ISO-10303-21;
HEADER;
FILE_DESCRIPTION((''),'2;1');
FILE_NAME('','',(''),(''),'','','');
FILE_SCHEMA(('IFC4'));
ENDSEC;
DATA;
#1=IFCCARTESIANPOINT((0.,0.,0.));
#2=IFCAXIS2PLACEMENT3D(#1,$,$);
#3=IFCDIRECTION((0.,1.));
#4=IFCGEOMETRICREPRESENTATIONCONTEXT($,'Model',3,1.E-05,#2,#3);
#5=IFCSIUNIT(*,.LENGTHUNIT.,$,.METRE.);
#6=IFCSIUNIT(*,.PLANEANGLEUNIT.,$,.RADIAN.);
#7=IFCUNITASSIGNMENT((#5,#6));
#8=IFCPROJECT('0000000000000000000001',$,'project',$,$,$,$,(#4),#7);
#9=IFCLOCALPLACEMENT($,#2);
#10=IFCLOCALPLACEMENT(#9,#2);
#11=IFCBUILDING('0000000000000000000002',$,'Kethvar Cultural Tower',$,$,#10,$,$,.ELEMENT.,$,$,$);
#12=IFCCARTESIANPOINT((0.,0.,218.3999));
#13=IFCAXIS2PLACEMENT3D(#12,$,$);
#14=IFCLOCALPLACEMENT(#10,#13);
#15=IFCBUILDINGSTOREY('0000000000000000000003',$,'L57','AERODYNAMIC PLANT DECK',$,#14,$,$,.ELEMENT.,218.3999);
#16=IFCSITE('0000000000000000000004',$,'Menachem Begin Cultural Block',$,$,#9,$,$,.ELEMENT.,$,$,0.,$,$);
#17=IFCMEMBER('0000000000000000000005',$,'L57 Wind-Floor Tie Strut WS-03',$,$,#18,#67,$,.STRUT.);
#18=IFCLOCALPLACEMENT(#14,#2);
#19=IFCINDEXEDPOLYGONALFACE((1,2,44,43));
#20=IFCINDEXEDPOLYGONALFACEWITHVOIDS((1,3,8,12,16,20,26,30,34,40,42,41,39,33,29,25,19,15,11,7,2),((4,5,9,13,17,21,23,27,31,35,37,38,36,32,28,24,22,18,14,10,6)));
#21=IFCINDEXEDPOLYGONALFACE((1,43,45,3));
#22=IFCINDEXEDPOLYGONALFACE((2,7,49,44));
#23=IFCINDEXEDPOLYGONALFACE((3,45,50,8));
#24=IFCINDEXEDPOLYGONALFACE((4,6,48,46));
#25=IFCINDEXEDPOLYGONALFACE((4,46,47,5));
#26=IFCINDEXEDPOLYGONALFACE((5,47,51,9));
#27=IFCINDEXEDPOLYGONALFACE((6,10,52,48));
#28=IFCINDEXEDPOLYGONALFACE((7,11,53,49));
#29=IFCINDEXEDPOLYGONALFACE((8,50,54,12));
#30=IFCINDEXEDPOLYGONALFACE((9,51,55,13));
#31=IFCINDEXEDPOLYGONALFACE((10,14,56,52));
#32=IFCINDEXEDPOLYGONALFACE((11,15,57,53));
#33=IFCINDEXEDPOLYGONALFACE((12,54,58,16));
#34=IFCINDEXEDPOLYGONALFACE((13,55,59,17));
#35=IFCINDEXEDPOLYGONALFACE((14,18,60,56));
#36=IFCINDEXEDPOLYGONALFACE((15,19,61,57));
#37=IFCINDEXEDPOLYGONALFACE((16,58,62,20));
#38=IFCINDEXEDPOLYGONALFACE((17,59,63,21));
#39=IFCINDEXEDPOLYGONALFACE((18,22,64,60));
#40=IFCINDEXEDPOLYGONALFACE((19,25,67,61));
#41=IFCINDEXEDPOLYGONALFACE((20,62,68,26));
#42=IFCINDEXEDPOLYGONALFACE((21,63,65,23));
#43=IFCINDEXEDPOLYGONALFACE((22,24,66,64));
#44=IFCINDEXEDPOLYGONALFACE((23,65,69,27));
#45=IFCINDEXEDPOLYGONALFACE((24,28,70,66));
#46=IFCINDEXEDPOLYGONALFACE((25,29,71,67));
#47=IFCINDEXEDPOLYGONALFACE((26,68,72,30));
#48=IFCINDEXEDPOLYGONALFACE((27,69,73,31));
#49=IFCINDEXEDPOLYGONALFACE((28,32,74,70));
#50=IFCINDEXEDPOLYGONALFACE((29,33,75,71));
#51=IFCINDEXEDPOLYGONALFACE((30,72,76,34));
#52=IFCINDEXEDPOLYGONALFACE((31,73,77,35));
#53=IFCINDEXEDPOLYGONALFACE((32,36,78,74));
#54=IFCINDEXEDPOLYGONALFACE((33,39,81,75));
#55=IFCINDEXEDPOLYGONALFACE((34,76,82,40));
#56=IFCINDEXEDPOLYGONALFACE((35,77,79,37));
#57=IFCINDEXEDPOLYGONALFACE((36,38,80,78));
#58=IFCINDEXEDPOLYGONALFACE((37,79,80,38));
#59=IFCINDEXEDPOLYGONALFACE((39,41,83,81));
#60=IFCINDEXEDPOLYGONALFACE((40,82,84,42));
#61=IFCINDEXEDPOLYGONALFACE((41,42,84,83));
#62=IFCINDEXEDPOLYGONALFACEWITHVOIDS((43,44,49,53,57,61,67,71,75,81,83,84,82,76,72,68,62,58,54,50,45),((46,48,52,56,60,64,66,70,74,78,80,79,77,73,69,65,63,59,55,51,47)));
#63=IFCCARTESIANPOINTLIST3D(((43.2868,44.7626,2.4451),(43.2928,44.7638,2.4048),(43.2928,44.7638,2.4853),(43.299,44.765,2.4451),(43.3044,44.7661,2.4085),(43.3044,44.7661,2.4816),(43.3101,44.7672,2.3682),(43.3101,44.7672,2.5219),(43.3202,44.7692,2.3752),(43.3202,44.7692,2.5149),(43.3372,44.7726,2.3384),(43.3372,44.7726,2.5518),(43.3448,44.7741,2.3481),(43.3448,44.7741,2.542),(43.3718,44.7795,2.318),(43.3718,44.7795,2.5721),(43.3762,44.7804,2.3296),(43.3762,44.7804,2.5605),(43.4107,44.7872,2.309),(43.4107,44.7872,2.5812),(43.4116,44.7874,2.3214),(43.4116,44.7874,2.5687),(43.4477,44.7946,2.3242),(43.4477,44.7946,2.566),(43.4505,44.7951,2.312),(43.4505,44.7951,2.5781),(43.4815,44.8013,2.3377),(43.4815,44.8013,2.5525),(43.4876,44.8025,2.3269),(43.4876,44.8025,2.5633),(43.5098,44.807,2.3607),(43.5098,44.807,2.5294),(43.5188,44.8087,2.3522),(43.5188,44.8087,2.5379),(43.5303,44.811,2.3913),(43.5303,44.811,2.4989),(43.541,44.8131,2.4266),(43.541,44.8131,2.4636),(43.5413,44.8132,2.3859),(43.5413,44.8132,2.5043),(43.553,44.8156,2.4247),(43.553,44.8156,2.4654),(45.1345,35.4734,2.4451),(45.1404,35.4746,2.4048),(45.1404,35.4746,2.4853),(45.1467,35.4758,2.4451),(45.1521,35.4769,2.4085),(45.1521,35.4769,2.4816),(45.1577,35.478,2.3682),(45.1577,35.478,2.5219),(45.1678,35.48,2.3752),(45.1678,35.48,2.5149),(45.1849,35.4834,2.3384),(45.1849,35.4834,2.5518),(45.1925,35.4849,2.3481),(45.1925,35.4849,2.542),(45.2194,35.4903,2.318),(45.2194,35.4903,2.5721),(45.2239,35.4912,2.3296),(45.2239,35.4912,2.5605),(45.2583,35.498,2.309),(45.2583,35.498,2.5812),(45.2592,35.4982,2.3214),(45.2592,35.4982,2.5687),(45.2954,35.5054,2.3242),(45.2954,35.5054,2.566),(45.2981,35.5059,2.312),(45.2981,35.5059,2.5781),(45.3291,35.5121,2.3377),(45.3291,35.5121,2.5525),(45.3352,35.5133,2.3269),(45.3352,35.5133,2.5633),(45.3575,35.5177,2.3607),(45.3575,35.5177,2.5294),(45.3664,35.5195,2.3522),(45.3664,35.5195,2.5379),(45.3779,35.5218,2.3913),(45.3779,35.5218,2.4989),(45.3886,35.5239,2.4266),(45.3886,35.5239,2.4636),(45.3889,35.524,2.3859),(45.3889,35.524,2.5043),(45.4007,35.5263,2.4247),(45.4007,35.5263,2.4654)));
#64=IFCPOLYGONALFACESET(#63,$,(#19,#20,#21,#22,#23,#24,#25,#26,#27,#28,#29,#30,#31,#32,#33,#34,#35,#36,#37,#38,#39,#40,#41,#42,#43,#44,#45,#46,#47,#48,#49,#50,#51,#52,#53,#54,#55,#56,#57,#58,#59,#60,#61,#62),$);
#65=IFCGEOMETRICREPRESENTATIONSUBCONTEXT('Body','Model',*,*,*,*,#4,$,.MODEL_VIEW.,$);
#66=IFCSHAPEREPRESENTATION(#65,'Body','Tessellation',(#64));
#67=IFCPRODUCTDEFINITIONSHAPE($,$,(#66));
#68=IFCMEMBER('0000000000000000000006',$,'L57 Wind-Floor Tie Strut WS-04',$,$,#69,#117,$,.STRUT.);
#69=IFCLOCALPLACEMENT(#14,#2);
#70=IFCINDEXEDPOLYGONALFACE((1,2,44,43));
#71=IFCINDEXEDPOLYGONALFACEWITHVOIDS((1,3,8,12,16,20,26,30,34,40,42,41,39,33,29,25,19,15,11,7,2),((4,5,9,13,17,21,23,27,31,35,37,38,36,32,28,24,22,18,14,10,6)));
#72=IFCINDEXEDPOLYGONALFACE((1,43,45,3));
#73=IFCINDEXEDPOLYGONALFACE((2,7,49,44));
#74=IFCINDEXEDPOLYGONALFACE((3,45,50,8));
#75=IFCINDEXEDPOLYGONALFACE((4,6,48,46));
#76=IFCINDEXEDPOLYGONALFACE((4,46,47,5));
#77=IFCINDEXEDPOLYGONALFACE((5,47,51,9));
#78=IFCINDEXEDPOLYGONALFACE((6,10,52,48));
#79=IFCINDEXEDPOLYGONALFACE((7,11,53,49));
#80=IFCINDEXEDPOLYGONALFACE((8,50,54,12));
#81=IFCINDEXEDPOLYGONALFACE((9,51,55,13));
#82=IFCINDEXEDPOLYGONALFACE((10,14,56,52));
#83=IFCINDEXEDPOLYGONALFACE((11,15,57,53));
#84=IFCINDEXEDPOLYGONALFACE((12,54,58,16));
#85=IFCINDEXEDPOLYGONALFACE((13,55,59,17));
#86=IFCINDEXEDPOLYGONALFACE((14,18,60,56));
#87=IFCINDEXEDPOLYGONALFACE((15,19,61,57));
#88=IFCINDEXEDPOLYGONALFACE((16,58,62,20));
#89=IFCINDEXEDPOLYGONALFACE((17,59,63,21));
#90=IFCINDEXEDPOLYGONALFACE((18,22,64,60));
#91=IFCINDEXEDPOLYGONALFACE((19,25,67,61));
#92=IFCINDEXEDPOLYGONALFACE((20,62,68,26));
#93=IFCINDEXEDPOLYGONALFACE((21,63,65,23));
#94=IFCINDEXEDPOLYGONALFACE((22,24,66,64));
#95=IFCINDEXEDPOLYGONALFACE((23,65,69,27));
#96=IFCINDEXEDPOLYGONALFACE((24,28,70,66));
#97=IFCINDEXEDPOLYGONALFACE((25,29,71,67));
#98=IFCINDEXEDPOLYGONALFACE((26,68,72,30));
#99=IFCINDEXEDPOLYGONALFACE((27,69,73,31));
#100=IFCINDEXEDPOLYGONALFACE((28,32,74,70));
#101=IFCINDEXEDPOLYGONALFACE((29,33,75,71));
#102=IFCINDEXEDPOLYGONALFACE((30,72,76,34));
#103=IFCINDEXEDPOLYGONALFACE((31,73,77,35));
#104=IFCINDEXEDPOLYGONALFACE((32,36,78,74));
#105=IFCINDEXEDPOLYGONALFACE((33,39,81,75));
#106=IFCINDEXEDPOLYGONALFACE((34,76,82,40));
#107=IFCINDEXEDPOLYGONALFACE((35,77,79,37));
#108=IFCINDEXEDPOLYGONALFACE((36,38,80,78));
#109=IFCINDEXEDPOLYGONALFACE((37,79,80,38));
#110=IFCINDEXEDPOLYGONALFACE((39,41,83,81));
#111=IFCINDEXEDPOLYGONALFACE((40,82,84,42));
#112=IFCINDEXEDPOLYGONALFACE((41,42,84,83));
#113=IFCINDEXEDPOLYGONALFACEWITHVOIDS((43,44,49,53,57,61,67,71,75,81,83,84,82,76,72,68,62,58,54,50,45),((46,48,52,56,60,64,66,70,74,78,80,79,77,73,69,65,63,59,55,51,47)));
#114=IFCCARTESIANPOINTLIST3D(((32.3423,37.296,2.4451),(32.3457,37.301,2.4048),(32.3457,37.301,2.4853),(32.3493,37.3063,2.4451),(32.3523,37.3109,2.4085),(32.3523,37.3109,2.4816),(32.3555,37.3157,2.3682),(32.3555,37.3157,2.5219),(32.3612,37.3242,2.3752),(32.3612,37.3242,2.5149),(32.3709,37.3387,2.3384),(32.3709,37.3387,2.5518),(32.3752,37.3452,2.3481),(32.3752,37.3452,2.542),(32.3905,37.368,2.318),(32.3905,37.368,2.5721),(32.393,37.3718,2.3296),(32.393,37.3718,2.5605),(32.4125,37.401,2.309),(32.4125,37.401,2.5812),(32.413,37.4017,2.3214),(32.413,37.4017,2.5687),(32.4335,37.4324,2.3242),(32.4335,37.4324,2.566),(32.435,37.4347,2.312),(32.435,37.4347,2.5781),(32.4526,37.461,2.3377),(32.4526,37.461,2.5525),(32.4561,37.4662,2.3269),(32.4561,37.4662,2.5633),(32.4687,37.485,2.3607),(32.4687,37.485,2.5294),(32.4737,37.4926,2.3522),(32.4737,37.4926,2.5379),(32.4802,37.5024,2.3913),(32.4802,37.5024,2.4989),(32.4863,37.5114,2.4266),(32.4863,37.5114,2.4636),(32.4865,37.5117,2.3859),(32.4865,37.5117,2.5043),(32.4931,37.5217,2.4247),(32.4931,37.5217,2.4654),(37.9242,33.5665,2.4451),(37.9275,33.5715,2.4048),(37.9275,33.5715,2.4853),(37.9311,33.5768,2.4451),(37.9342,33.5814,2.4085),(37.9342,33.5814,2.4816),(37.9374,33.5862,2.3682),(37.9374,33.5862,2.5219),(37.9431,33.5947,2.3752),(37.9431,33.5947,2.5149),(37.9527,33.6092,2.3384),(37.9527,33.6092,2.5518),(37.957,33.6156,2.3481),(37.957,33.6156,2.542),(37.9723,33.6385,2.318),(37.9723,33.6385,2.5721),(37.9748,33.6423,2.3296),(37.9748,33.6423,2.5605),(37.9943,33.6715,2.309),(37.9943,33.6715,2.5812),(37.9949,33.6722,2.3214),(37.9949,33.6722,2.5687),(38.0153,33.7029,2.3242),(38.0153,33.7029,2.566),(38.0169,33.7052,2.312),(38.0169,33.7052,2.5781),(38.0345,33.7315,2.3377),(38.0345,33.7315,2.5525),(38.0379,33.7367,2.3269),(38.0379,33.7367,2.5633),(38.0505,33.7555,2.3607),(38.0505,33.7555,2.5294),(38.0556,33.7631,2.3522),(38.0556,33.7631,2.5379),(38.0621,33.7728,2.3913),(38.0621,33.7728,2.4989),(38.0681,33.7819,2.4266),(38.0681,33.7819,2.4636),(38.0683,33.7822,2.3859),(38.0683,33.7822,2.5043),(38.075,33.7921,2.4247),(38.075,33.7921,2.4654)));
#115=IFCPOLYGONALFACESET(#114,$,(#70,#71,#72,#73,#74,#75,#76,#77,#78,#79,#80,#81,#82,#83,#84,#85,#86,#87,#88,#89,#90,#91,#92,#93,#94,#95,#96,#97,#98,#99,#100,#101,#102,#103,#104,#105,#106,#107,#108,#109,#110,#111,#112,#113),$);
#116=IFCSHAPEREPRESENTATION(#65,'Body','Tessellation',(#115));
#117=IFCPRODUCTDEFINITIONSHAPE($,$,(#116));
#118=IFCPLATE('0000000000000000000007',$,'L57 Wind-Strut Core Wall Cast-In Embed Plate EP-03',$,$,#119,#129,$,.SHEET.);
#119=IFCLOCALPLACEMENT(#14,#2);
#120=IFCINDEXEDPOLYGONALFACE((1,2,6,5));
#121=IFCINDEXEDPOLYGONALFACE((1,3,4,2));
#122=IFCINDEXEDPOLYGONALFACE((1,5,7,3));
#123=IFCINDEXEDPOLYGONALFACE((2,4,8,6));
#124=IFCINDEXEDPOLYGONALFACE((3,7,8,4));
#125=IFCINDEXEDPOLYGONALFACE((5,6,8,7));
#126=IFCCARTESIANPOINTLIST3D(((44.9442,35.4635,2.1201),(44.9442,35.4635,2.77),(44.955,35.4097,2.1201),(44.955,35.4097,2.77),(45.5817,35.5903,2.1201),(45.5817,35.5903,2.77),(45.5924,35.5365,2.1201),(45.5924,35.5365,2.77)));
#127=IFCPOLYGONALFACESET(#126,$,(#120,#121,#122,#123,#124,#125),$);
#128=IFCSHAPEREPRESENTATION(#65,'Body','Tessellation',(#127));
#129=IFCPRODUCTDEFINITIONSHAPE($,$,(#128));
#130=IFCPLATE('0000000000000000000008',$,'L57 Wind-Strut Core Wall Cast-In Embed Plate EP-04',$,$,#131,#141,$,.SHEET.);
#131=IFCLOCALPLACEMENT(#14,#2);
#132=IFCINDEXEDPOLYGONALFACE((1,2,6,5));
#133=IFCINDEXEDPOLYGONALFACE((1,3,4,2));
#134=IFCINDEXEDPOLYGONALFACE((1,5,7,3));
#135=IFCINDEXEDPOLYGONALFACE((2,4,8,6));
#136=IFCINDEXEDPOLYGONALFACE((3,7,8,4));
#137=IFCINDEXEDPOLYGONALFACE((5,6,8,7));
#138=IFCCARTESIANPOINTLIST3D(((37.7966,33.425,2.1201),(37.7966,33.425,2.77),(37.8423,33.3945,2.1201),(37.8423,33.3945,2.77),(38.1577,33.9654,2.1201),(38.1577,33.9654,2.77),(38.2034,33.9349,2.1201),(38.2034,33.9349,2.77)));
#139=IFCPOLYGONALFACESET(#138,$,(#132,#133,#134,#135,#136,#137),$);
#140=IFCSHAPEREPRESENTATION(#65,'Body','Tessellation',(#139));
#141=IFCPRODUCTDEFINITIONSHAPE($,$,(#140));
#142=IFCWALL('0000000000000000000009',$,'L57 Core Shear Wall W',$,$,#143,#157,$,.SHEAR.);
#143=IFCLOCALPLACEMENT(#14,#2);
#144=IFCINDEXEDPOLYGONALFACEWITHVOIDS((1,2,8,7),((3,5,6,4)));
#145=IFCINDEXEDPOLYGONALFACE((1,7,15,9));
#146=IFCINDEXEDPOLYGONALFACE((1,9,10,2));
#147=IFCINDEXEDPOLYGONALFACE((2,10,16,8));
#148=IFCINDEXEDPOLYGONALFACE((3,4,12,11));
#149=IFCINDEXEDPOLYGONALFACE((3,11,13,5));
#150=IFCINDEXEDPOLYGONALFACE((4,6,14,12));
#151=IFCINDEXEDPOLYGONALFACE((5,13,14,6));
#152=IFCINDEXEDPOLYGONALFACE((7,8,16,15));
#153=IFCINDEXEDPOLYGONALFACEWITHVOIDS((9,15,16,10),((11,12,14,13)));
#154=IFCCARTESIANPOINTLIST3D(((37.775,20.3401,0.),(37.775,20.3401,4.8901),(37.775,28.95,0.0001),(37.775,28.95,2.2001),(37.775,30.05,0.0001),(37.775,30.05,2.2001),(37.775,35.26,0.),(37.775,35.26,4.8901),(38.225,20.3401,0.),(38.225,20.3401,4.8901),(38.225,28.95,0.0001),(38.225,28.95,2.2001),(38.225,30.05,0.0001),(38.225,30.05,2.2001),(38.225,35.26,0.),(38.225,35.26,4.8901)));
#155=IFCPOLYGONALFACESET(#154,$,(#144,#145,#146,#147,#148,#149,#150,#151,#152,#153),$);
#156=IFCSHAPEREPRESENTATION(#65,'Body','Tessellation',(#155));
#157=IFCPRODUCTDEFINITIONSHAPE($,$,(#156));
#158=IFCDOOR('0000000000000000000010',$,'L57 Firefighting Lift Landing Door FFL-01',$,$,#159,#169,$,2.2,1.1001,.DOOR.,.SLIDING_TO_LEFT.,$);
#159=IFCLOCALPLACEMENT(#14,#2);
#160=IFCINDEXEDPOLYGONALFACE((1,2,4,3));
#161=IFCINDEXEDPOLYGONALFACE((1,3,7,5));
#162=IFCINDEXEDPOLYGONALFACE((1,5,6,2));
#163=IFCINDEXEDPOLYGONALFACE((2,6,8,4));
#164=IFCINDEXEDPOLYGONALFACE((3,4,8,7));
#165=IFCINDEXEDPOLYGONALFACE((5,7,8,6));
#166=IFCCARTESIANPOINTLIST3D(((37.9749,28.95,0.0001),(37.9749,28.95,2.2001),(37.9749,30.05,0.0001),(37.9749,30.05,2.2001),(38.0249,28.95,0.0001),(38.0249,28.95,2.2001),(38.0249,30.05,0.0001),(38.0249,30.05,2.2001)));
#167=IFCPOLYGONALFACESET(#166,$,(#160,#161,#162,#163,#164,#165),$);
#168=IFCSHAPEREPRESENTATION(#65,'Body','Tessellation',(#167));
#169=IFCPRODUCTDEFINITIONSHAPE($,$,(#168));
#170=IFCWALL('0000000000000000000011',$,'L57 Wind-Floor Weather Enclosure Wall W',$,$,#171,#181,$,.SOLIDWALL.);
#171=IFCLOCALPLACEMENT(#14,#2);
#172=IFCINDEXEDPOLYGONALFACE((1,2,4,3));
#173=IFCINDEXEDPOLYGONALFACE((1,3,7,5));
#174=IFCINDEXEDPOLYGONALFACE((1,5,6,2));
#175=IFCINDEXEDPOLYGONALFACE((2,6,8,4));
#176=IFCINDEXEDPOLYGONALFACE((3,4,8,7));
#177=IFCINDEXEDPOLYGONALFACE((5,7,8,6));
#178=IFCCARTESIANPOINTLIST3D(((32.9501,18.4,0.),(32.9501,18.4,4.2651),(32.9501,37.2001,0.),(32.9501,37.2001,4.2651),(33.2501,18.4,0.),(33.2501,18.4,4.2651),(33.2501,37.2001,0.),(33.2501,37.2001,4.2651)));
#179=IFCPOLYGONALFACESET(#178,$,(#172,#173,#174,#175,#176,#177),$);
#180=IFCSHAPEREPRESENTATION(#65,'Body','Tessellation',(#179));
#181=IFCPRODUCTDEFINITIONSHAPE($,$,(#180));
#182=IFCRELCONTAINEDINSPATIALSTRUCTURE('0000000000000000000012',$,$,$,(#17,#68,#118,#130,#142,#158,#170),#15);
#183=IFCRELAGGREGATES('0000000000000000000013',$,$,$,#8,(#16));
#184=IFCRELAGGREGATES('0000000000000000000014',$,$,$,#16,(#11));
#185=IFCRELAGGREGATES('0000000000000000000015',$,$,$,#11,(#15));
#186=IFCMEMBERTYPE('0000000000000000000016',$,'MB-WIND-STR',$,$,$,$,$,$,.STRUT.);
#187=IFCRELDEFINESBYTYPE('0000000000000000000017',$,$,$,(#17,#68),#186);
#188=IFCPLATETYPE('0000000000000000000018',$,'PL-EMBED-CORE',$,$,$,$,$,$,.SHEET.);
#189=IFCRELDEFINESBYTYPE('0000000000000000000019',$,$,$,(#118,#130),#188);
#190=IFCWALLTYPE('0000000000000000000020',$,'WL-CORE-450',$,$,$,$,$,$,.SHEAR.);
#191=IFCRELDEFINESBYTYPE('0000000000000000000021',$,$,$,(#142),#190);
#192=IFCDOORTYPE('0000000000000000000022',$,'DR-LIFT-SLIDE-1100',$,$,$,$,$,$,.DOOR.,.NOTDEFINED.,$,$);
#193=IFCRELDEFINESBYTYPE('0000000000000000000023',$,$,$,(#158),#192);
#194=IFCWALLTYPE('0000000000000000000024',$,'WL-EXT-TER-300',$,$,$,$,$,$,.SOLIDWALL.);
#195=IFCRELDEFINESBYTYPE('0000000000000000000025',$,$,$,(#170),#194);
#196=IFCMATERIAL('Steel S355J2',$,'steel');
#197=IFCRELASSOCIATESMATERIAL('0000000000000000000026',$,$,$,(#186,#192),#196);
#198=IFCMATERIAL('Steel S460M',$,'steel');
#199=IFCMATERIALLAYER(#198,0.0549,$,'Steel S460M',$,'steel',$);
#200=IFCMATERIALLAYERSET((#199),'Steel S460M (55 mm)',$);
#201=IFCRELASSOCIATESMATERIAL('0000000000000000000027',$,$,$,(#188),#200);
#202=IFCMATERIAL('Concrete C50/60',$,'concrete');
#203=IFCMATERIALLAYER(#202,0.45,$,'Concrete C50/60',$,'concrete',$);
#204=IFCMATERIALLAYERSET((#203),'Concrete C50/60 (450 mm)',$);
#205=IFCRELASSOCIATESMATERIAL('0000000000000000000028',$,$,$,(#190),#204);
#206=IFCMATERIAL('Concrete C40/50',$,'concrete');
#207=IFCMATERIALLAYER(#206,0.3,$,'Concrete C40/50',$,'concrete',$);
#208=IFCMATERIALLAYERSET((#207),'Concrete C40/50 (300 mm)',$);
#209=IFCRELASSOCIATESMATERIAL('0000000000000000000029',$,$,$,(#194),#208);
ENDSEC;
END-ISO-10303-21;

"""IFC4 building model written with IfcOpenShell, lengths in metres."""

from ifc_helpers import new_model, si_unit, direction, frame, frame_2d, origin, origin_2d, place, context, subcontext, project, spatial, rectangle, hollow_circle, extrude, source, transform, mapped, material, layer, layer_set, material_profile, profile_set, type_object, element, fill, save


model = new_model("IFC4")

# Units and contexts
model_context = context("Model", 3, precision=1e-05, world=origin(), true_north=direction((0.0, 1.0)))
body_context = subcontext(model_context, "Body", "Model", "MODEL_VIEW")
ifc_project = project(units=[si_unit("LENGTHUNIT", "METRE"), si_unit("PLANEANGLEUNIT", "RADIAN")], contexts=[model_context])

# Site, building, storey
site_placement = place(None, origin())
site = spatial("IfcSite", under=ifc_project, at=site_placement, Name="Menachem Begin Cultural Block", CompositionType="ELEMENT", RefElevation=0.0)
building_placement = place(site_placement, origin())
building = spatial("IfcBuilding", under=site, at=building_placement, Name="Kethvar Cultural Tower", CompositionType="ELEMENT")
storey_placement = place(building_placement, frame((0.0, 0.0, 218.3999)))
storey = spatial("IfcBuildingStorey", under=building, at=storey_placement, Name="L57", Description="AERODYNAMIC PLANT DECK", CompositionType="ELEMENT", Elevation=218.3999)

# Shared definitions
ifc_material_1 = material(Name="Steel S460M", Category="steel")

# Shared definitions
ifc_material_2 = material(Name="Steel S355J2", Category="steel")

# Members
ifc_material_profile_1 = material_profile(ifc_material_2, hollow_circle(Radius=0.1365, WallThickness=0.0125, at=origin_2d()), Name="Steel S355J2 — CHS273x12.5")
ifc_profile_set_1 = profile_set([ifc_material_profile_1], Name="Steel S355J2 — CHS273x12.5")
member_type = type_object("IfcMemberType", Name="MB-WIND-STR", PredefinedType="STRUT", material=ifc_profile_set_1)
shared_shape_1 = source(origin(), body_context, "Body", "SweptSolid", [
    extrude(hollow_circle(Radius=0.1365, WallThickness=0.0125, at=origin_2d()), origin(), (0.0, 0.0, 1.0), 9.4712),
])
member_1_placement = place(storey_placement, frame((45.2683, 35.5, 2.4451), z_axis=(-0.19508, 0.980787, 0.0), x_axis=(-0.980787, -0.19508, 0.0)))
element("IfcMember", 1, at=member_1_placement, inside=storey, type_object=member_type, Name="L57 Wind-Floor Tie Strut WS-03", PredefinedType="STRUT", context=body_context, shape_type="MappedRepresentation", body=[
    mapped(shared_shape_1, transform((0.0, 0.0, 0.0), scale=1.0)),
])
shared_shape_2 = source(origin(), body_context, "Body", "SweptSolid", [
    extrude(hollow_circle(Radius=0.1365, WallThickness=0.0125, at=origin_2d()), origin(), (0.0, 0.0, 1.0), 6.7131),
])
member_2_placement = place(storey_placement, frame((38.0, 33.6799, 2.4451), z_axis=(-0.831479, 0.555556, 0.0), x_axis=(-0.555556, -0.831479, 0.0)))
element("IfcMember", 2, at=member_2_placement, inside=storey, type_object=member_type, Name="L57 Wind-Floor Tie Strut WS-04", PredefinedType="STRUT", context=body_context, shape_type="MappedRepresentation", body=[
    mapped(shared_shape_2, transform((0.0, 0.0, 0.0), scale=1.0)),
])

# Plates
ifc_layer_1 = layer(ifc_material_1, 0.0549, Name="Steel S460M", Category="steel")
ifc_layer_set_1 = layer_set([ifc_layer_1], Name="Steel S460M (55 mm)")
plate_type = type_object("IfcPlateType", Name="PL-EMBED-CORE", PredefinedType="SHEET", material=ifc_layer_set_1)
shared_shape_3 = source(origin(), body_context, "Body", "SweptSolid", [
    extrude(rectangle(XDim=0.0549, YDim=0.6499, at=origin_2d()), origin(), (0.0, 0.0, 1.0), 0.6499),
])
for number, where, z_axis, x_axis, name in (
    (3, (45.2683, 35.5, 2.1201), (0.0, 0.0, 1.0), (-0.19509, 0.980785, 0.0), "L57 Wind-Strut Core Wall Cast-In Embed Plate EP-03"),
    (4, (38.0, 33.6799, 2.1201), (0.0, 0.0, 1.0), (-0.83147, 0.55557, 0.0), "L57 Wind-Strut Core Wall Cast-In Embed Plate EP-04"),
):
    element("IfcPlate", number, at=place(storey_placement, frame(where, z_axis=z_axis, x_axis=x_axis)), inside=storey, type_object=plate_type, Name=name, PredefinedType="SHEET", context=body_context, shape_type="MappedRepresentation", body=[
        mapped(shared_shape_3, transform((0.0, 0.0, 0.0), scale=1.0)),
    ])

# Wall, opening, door
ifc_material_3 = material(Name="Concrete C50/60", Category="concrete")
ifc_layer_2 = layer(ifc_material_3, 0.45, Name="Concrete C50/60", Category="concrete")
ifc_layer_set_2 = layer_set([ifc_layer_2], Name="Concrete C50/60 (450 mm)")
wall_type_1 = type_object("IfcWallType", Name="WL-CORE-450", PredefinedType="SHEAR", material=ifc_layer_set_2)
wall_1_placement = place(storey_placement, frame((38.0, 35.26, 0.0), z_axis=(0.0, 0.0, 1.0), x_axis=(0.0, -1.0, 0.0)))
wall_1 = element("IfcWall", 5, at=wall_1_placement, inside=storey, type_object=wall_type_1, Name="L57 Core Shear Wall W", PredefinedType="SHEAR", context=body_context, shape_type="SweptSolid", body=[
    extrude(rectangle(XDim=14.9199, YDim=0.45, at=frame_2d((7.46, 0.0))), origin(), (0.0, 0.0, 1.0), 4.8901),
])
opening_placement = place(wall_1_placement, frame((5.21, 0.0, 0.0)))
opening = element("IfcOpeningElement", 6, at=opening_placement, cuts=wall_1, PredefinedType="OPENING", context=body_context, shape_type="SweptSolid", body=[
    extrude(rectangle(XDim=1.1001, YDim=2.2, at=frame_2d((0.55, 1.1001))), frame((0.0, 0.2349, 0.0), z_axis=(0.0, -1.0, 0.0), x_axis=(1.0, 0.0, 0.0)), (0.0, 0.0, 1.0), 0.47),
])
door_type = type_object("IfcDoorType", Name="DR-LIFT-SLIDE-1100", OperationType="NOTDEFINED", PredefinedType="DOOR", material=ifc_material_2)
shared_shape_4 = source(origin(), body_context, "Body", "SweptSolid", [
    extrude(rectangle(XDim=1.1001, YDim=2.2, at=frame_2d((0.55, 1.1001))), frame((0.0, 0.0249, 0.0), z_axis=(0.0, -1.0, 0.0), x_axis=(1.0, 0.0, 0.0)), (0.0, 0.0, 1.0), 0.05),
])
door_placement = place(opening_placement, origin())
door = element("IfcDoor", 7, at=door_placement, inside=storey, type_object=door_type, Name="L57 Firefighting Lift Landing Door FFL-01", OperationType="SLIDING_TO_LEFT", OverallHeight=2.2, OverallWidth=1.1001, PredefinedType="DOOR", context=body_context, shape_type="MappedRepresentation", body=[
    mapped(shared_shape_4, transform((0.0, 0.0, 0.0), scale=1.0)),
])
fill(opening, door)

# Wall
ifc_material_4 = material(Name="Concrete C40/50", Category="concrete")
ifc_layer_3 = layer(ifc_material_4, 0.3, Name="Concrete C40/50", Category="concrete")
ifc_layer_set_3 = layer_set([ifc_layer_3], Name="Concrete C40/50 (300 mm)")
wall_type_2 = type_object("IfcWallType", Name="WL-EXT-TER-300", PredefinedType="SOLIDWALL", material=ifc_layer_set_3)
wall_2_placement = place(storey_placement, frame((33.1001, 37.2, 0.0), z_axis=(0.0, 0.0, 1.0), x_axis=(0.0, -1.0, 0.0)))
element("IfcWall", 8, at=wall_2_placement, inside=storey, type_object=wall_type_2, Name="L57 Wind-Floor Weather Enclosure Wall W", PredefinedType="SOLIDWALL", context=body_context, shape_type="SweptSolid", body=[
    extrude(rectangle(XDim=18.8, YDim=0.3, at=frame_2d((9.3999, 0.0))), origin(), (0.0, 0.0, 1.0), 4.2651),
])

save(model, "model.ifc")
